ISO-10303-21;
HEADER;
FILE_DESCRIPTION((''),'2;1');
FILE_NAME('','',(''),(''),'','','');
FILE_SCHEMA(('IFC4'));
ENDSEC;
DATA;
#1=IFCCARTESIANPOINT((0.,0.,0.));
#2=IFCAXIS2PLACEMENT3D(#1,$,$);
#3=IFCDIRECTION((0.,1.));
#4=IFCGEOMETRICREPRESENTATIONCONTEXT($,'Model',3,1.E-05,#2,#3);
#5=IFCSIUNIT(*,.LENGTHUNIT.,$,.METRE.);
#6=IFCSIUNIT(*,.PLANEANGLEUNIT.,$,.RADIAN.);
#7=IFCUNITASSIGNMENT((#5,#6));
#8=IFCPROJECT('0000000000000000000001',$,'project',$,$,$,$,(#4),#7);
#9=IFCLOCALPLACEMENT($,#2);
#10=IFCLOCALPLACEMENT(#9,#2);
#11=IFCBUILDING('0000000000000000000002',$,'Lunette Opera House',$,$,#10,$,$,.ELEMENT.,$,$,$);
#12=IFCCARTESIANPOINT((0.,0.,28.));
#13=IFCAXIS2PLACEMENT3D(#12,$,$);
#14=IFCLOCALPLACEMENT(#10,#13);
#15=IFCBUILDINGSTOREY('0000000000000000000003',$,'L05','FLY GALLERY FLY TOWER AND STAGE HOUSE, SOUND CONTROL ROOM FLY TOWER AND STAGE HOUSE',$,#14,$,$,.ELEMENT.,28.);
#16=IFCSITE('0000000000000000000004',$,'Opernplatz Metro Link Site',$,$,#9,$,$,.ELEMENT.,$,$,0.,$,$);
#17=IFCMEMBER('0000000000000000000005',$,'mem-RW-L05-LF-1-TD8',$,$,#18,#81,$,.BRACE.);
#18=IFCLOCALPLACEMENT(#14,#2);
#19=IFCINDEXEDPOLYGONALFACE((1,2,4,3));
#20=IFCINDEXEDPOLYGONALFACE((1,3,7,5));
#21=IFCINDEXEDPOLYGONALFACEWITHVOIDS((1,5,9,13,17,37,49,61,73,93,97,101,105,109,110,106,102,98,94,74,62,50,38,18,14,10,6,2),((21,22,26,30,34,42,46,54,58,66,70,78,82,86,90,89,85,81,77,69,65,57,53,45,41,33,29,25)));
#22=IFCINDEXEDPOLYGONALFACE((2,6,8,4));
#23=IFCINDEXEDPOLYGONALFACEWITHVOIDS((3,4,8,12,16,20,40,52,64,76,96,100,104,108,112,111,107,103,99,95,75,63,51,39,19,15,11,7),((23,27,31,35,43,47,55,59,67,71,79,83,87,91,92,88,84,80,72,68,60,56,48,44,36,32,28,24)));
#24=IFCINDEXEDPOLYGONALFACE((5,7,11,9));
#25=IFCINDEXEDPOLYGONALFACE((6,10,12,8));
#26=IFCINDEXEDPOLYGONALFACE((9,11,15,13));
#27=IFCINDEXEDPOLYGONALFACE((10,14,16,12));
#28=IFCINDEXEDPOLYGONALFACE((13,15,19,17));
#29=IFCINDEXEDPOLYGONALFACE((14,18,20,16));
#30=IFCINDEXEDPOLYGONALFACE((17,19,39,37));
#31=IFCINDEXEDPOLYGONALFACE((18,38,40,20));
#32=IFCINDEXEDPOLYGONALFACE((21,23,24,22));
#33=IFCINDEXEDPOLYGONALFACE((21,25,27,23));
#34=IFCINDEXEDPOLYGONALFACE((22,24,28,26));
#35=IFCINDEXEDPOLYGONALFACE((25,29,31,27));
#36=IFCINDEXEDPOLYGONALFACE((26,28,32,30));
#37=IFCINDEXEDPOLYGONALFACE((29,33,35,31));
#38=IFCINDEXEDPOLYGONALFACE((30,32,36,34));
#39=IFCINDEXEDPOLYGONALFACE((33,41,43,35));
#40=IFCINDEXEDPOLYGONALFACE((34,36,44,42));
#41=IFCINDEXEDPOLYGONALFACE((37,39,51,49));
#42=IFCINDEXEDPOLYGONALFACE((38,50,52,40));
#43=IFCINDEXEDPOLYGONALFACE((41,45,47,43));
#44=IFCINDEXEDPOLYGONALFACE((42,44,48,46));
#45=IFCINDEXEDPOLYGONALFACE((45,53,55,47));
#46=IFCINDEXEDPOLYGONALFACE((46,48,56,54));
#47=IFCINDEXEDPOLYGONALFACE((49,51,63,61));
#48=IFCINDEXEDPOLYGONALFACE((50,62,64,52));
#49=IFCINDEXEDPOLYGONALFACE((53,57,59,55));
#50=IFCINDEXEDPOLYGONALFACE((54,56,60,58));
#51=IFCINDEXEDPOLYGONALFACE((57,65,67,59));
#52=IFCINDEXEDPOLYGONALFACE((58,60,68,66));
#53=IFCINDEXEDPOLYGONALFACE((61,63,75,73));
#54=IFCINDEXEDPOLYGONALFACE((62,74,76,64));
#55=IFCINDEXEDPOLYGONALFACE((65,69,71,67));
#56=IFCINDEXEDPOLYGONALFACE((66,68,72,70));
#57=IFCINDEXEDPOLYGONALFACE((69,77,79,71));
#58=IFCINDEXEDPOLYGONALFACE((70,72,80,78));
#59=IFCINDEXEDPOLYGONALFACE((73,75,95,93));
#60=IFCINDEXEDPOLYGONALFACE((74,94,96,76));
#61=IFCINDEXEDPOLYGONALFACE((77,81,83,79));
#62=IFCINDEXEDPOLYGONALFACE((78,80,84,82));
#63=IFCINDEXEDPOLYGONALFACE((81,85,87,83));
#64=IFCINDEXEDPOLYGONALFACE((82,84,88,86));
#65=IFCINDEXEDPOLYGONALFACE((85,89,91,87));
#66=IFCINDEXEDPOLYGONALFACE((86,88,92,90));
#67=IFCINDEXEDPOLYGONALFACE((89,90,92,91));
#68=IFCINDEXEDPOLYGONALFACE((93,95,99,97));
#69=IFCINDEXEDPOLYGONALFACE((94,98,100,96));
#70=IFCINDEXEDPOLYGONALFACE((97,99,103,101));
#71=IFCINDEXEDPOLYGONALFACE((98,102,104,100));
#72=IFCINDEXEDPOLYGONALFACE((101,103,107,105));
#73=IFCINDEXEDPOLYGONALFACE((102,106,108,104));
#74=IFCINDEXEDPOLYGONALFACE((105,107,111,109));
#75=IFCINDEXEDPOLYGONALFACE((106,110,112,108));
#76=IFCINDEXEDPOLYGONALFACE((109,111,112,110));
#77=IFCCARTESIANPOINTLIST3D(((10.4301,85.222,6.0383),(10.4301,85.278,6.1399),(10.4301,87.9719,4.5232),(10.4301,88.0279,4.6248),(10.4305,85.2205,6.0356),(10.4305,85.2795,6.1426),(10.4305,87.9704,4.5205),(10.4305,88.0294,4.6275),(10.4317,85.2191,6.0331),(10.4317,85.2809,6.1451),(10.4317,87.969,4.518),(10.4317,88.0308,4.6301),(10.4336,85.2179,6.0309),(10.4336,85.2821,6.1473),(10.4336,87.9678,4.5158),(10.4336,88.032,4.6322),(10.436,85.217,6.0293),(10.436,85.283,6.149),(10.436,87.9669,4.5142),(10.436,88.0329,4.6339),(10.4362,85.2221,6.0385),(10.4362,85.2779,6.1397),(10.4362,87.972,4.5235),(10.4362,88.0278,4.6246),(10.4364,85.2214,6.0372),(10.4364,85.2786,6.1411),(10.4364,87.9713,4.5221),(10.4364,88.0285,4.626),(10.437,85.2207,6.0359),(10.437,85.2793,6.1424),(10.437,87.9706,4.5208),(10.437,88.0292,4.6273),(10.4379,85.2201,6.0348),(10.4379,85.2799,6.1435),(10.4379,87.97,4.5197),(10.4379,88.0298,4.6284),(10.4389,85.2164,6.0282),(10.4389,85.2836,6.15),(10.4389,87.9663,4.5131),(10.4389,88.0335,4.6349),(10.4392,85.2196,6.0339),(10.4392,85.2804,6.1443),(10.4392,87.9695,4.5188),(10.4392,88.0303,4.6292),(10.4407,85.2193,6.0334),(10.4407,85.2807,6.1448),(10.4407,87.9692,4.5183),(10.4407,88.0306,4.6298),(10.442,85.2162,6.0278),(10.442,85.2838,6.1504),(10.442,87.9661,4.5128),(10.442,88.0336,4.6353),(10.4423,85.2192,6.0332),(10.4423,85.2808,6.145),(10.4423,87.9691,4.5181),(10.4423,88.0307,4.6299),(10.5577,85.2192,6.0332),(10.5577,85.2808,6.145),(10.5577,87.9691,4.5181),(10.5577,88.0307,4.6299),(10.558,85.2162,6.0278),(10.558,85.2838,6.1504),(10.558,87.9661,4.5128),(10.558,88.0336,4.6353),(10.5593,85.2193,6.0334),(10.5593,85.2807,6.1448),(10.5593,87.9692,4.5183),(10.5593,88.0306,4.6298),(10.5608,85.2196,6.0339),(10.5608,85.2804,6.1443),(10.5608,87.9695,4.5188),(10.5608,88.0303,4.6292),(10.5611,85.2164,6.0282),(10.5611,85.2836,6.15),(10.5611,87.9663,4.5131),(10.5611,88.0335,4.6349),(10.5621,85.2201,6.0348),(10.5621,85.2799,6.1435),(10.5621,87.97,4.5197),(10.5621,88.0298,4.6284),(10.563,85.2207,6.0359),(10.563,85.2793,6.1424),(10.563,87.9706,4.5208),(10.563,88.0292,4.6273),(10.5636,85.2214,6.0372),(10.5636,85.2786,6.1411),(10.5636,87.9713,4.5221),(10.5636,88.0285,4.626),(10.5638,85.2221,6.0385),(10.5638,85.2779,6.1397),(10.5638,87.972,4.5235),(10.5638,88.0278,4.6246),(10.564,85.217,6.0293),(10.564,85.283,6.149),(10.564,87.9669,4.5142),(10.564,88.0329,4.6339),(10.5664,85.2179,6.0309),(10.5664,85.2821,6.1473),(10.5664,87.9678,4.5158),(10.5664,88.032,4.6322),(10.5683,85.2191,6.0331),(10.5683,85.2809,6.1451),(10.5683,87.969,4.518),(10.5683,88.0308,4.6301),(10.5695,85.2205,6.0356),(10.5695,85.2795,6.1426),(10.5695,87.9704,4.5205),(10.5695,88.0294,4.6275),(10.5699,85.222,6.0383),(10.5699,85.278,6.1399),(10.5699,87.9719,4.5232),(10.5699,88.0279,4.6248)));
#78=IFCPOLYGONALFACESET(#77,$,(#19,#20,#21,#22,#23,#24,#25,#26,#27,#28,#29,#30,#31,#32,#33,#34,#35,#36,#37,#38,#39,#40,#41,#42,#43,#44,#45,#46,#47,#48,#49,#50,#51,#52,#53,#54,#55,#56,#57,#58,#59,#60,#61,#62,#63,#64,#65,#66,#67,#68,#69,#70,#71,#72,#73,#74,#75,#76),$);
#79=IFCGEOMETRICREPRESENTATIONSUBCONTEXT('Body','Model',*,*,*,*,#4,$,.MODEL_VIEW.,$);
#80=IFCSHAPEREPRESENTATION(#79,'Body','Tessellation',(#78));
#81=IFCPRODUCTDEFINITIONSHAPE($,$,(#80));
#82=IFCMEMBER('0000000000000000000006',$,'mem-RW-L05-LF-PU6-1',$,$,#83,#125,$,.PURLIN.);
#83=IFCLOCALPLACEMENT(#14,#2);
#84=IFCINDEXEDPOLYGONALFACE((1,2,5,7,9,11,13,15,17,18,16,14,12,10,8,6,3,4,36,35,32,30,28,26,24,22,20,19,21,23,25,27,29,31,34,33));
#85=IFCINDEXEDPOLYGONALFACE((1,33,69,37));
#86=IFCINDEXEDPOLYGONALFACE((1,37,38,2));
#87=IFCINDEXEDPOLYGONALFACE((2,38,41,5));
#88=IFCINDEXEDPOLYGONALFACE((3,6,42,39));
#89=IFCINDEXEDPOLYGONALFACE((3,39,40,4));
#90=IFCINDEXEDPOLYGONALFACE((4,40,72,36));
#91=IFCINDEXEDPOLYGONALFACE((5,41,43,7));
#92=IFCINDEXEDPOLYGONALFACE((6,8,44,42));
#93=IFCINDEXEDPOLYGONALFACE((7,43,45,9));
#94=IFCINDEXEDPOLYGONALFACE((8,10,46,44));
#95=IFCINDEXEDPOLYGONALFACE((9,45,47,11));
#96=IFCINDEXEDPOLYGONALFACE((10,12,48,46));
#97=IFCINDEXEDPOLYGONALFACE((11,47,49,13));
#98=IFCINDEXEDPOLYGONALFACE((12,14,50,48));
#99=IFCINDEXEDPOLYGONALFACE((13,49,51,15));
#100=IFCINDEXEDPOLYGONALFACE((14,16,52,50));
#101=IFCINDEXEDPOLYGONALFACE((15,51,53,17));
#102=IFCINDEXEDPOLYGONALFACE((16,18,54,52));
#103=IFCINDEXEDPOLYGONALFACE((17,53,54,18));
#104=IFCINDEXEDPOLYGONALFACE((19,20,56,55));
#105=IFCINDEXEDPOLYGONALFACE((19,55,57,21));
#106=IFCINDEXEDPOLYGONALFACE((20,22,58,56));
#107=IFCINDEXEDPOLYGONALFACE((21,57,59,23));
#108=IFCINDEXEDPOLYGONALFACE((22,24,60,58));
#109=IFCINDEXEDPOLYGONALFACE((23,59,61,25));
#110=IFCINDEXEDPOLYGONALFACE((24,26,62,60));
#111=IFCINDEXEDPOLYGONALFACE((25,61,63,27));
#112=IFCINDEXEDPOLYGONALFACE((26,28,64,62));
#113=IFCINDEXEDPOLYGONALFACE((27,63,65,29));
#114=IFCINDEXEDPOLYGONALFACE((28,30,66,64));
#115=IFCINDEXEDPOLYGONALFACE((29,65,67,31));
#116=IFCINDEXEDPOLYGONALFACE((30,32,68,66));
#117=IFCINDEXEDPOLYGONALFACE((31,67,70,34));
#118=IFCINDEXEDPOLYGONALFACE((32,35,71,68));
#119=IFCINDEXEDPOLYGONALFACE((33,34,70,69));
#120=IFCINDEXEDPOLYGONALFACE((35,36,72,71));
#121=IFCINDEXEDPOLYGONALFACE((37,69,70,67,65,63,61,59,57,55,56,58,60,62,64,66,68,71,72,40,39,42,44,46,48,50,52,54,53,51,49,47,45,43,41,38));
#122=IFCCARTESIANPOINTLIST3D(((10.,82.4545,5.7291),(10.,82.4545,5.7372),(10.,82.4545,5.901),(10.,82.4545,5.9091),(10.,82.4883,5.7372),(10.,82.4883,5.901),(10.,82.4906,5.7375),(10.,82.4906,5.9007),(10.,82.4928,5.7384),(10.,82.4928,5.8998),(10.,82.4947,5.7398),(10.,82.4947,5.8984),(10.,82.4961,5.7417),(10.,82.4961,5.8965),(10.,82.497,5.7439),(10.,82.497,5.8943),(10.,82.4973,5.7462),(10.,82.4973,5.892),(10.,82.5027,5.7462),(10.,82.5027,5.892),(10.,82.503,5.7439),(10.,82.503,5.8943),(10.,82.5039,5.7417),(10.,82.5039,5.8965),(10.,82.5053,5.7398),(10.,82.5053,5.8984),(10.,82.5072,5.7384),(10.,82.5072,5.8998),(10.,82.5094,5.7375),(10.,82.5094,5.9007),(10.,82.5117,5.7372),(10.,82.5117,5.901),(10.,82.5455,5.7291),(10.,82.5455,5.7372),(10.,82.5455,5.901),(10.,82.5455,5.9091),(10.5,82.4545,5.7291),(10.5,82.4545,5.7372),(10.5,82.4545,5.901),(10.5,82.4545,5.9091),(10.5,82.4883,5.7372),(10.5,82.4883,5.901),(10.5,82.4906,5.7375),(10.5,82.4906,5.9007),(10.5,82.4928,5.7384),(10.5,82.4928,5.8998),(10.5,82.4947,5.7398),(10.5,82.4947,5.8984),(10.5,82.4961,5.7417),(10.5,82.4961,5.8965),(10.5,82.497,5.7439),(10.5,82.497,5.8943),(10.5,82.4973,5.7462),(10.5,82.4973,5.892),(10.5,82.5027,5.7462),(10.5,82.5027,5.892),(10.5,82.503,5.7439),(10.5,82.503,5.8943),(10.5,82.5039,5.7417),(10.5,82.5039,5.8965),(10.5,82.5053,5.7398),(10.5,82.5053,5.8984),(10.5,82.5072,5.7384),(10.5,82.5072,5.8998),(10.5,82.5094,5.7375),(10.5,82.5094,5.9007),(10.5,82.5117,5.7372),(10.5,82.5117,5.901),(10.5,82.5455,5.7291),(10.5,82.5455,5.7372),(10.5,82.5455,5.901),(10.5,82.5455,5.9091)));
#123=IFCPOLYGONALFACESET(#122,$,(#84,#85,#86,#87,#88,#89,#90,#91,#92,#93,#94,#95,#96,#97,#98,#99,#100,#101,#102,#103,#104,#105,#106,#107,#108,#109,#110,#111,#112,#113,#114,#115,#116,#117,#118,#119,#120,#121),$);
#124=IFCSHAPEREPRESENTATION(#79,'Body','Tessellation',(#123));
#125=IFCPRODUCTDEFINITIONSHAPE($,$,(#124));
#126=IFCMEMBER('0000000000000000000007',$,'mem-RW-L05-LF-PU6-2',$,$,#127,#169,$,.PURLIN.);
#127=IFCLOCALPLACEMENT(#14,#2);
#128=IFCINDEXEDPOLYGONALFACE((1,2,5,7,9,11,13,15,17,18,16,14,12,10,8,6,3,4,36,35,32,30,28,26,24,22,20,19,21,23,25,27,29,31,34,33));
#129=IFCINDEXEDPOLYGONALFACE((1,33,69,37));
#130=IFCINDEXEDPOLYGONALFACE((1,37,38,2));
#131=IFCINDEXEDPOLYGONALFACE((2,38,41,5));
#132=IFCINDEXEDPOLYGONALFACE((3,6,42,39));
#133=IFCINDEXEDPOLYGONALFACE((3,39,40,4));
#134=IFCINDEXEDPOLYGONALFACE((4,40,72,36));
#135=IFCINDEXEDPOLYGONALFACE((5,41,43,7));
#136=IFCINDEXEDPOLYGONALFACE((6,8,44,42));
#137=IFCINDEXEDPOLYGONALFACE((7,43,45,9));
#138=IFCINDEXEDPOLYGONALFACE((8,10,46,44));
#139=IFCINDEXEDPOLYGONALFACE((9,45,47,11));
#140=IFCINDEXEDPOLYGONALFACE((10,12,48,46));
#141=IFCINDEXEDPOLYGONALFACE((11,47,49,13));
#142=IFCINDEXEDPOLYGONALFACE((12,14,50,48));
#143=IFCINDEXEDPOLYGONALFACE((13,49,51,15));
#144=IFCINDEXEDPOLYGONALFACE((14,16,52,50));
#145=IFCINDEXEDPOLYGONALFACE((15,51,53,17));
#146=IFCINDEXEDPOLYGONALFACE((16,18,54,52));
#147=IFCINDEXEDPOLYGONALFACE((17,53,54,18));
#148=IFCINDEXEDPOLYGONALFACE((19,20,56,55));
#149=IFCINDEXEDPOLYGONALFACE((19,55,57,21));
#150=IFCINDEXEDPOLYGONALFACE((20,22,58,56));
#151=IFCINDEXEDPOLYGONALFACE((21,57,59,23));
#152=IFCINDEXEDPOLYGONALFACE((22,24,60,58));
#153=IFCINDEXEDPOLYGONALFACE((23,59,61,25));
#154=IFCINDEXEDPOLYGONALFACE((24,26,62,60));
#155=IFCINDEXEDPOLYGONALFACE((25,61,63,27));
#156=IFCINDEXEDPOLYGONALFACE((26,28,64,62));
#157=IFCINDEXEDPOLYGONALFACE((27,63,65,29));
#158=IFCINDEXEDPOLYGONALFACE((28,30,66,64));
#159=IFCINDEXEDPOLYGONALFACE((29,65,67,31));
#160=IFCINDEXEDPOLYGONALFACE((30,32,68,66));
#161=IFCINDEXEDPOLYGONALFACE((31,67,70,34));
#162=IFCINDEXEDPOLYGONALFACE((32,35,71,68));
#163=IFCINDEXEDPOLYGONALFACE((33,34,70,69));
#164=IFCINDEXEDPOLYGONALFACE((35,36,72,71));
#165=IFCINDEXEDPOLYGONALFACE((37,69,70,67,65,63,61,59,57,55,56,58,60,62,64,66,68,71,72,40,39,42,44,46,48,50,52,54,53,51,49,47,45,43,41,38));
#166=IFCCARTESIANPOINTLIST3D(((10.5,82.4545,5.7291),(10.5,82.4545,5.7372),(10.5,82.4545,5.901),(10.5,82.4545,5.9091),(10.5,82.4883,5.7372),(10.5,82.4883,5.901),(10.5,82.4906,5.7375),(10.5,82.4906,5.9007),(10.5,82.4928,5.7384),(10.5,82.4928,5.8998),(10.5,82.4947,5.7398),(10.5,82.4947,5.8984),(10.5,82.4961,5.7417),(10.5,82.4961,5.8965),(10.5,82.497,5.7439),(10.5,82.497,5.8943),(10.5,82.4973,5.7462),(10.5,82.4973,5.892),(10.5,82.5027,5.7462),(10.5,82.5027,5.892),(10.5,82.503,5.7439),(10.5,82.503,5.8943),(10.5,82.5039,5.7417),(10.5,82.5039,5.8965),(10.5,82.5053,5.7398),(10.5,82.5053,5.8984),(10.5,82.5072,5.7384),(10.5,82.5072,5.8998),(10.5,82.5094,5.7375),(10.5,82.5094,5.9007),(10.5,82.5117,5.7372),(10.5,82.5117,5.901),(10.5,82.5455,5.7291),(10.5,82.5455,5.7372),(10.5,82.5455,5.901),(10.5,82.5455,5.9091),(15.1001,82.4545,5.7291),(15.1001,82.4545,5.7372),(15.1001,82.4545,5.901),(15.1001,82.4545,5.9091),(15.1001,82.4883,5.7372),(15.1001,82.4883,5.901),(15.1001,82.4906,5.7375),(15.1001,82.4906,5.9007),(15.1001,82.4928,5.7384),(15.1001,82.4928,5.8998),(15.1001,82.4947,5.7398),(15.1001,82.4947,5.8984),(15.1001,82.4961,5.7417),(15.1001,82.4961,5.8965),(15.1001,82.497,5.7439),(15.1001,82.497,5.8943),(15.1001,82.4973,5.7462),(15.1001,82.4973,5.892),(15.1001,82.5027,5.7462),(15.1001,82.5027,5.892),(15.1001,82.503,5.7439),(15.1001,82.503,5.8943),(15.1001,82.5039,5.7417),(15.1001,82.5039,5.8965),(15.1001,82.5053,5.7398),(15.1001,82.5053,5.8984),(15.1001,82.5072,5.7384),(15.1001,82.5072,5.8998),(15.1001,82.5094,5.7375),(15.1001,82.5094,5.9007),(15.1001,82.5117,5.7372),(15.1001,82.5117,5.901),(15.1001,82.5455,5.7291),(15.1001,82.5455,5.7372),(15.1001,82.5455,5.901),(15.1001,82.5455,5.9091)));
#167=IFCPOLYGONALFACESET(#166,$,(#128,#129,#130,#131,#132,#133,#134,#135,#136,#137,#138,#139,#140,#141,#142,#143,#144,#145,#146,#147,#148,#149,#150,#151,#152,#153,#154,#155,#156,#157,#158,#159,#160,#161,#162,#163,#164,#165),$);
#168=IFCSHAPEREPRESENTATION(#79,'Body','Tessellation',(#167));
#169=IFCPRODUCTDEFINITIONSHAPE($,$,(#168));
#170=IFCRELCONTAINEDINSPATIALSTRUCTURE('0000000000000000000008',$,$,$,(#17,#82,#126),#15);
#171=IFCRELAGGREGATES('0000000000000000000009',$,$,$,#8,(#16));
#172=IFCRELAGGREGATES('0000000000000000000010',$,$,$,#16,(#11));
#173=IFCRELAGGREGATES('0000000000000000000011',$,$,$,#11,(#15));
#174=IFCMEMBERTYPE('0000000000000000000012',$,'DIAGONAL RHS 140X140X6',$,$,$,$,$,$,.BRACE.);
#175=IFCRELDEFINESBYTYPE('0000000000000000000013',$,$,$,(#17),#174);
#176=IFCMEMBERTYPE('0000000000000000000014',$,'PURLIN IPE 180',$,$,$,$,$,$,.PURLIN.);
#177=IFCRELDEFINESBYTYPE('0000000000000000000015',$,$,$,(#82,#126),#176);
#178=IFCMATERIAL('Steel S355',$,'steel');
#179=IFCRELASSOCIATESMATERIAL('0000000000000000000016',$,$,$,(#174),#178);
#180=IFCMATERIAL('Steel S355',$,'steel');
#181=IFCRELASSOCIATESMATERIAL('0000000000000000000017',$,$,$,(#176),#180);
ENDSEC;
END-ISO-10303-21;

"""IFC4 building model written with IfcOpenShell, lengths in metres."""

from ifc_helpers import new_model, si_unit, direction, frame, origin, origin_2d, place, context, subcontext, project, spatial, hollow_rectangle, i_section, extrude, material, material_profile, profile_set, type_object, element, save


model = new_model("IFC4")

# Units and contexts
model_context = context("Model", 3, precision=1e-05, world=origin(), true_north=direction((0.0, 1.0)))
body_context = subcontext(model_context, "Body", "Model", "MODEL_VIEW")
ifc_project = project(units=[si_unit("LENGTHUNIT", "METRE"), si_unit("PLANEANGLEUNIT", "RADIAN")], contexts=[model_context])

# Site, building, storey
site_placement = place(None, origin())
site = spatial("IfcSite", under=ifc_project, at=site_placement, Name="Opernplatz Metro Link Site", CompositionType="ELEMENT", RefElevation=0.0)
building_placement = place(site_placement, origin())
building = spatial("IfcBuilding", under=site, at=building_placement, Name="Lunette Opera House", CompositionType="ELEMENT")
storey_placement = place(building_placement, frame((0.0, 0.0, 28.0)))
storey = spatial("IfcBuildingStorey", under=building, at=storey_placement, Name="L05", Description="FLY GALLERY FLY TOWER AND STAGE HOUSE, SOUND CONTROL ROOM FLY TOWER AND STAGE HOUSE", CompositionType="ELEMENT", Elevation=28.0)

# Members
ifc_material_1 = material(Name="Steel S355", Category="steel")
ifc_material_profile_1 = material_profile(ifc_material_1, hollow_rectangle(XDim=0.1399, YDim=0.1399, WallThickness=0.0061, InnerFilletRadius=0.0061, OuterFilletRadius=0.012, at=origin_2d()), Name="RHS 140X140X6")
ifc_profile_set_1 = profile_set([ifc_material_profile_1], Name="Steel S355")
member_type_1 = type_object("IfcMemberType", Name="DIAGONAL RHS 140X140X6", PredefinedType="BRACE", material=ifc_profile_set_1)
member_1_placement = place(storey_placement, frame((10.5, 85.25, 6.0891), z_axis=(0.0, 0.875861, -0.482563), x_axis=(-1.0, 0.0, 0.0)))
element("IfcMember", 1, at=member_1_placement, inside=storey, type_object=member_type_1, Name="mem-RW-L05-LF-1-TD8", PredefinedType="BRACE", context=body_context, shape_type="SweptSolid", body=[
    extrude(hollow_rectangle(XDim=0.1399, YDim=0.1399, WallThickness=0.0061, InnerFilletRadius=0.0061, OuterFilletRadius=0.012, at=origin_2d()), origin(), (0.0, 0.0, 1.0), 3.1396),
])
ifc_material_2 = material(Name="Steel S355", Category="steel")
ifc_material_profile_2 = material_profile(ifc_material_2, i_section(OverallWidth=0.0911, OverallDepth=0.1799, WebThickness=0.0054, FlangeThickness=0.0081, FilletRadius=0.009, at=origin_2d()), Name="IPE 180")
ifc_profile_set_2 = profile_set([ifc_material_profile_2], Name="Steel S355")
member_type_2 = type_object("IfcMemberType", Name="PURLIN IPE 180", PredefinedType="PURLIN", material=ifc_profile_set_2)
member_2_placement = place(storey_placement, frame((10.0, 82.5, 5.8191), z_axis=(1.0, 0.0, 0.0), x_axis=(0.0, 1.0, 0.0)))
element("IfcMember", 2, at=member_2_placement, inside=storey, type_object=member_type_2, Name="mem-RW-L05-LF-PU6-1", PredefinedType="PURLIN", context=body_context, shape_type="SweptSolid", body=[
    extrude(i_section(OverallWidth=0.0911, OverallDepth=0.1799, WebThickness=0.0054, FlangeThickness=0.0081, FilletRadius=0.009, at=origin_2d()), origin(), (0.0, 0.0, 1.0), 0.5),
])
member_3_placement = place(storey_placement, frame((10.5, 82.5, 5.8191), z_axis=(1.0, 0.0, 0.0), x_axis=(0.0, 1.0, 0.0)))
element("IfcMember", 3, at=member_3_placement, inside=storey, type_object=member_type_2, Name="mem-RW-L05-LF-PU6-2", PredefinedType="PURLIN", context=body_context, shape_type="SweptSolid", body=[
    extrude(i_section(OverallWidth=0.0911, OverallDepth=0.1799, WebThickness=0.0054, FlangeThickness=0.0081, FilletRadius=0.009, at=origin_2d()), origin(), (0.0, 0.0, 1.0), 4.6001),
])

save(model, "model.ifc")
